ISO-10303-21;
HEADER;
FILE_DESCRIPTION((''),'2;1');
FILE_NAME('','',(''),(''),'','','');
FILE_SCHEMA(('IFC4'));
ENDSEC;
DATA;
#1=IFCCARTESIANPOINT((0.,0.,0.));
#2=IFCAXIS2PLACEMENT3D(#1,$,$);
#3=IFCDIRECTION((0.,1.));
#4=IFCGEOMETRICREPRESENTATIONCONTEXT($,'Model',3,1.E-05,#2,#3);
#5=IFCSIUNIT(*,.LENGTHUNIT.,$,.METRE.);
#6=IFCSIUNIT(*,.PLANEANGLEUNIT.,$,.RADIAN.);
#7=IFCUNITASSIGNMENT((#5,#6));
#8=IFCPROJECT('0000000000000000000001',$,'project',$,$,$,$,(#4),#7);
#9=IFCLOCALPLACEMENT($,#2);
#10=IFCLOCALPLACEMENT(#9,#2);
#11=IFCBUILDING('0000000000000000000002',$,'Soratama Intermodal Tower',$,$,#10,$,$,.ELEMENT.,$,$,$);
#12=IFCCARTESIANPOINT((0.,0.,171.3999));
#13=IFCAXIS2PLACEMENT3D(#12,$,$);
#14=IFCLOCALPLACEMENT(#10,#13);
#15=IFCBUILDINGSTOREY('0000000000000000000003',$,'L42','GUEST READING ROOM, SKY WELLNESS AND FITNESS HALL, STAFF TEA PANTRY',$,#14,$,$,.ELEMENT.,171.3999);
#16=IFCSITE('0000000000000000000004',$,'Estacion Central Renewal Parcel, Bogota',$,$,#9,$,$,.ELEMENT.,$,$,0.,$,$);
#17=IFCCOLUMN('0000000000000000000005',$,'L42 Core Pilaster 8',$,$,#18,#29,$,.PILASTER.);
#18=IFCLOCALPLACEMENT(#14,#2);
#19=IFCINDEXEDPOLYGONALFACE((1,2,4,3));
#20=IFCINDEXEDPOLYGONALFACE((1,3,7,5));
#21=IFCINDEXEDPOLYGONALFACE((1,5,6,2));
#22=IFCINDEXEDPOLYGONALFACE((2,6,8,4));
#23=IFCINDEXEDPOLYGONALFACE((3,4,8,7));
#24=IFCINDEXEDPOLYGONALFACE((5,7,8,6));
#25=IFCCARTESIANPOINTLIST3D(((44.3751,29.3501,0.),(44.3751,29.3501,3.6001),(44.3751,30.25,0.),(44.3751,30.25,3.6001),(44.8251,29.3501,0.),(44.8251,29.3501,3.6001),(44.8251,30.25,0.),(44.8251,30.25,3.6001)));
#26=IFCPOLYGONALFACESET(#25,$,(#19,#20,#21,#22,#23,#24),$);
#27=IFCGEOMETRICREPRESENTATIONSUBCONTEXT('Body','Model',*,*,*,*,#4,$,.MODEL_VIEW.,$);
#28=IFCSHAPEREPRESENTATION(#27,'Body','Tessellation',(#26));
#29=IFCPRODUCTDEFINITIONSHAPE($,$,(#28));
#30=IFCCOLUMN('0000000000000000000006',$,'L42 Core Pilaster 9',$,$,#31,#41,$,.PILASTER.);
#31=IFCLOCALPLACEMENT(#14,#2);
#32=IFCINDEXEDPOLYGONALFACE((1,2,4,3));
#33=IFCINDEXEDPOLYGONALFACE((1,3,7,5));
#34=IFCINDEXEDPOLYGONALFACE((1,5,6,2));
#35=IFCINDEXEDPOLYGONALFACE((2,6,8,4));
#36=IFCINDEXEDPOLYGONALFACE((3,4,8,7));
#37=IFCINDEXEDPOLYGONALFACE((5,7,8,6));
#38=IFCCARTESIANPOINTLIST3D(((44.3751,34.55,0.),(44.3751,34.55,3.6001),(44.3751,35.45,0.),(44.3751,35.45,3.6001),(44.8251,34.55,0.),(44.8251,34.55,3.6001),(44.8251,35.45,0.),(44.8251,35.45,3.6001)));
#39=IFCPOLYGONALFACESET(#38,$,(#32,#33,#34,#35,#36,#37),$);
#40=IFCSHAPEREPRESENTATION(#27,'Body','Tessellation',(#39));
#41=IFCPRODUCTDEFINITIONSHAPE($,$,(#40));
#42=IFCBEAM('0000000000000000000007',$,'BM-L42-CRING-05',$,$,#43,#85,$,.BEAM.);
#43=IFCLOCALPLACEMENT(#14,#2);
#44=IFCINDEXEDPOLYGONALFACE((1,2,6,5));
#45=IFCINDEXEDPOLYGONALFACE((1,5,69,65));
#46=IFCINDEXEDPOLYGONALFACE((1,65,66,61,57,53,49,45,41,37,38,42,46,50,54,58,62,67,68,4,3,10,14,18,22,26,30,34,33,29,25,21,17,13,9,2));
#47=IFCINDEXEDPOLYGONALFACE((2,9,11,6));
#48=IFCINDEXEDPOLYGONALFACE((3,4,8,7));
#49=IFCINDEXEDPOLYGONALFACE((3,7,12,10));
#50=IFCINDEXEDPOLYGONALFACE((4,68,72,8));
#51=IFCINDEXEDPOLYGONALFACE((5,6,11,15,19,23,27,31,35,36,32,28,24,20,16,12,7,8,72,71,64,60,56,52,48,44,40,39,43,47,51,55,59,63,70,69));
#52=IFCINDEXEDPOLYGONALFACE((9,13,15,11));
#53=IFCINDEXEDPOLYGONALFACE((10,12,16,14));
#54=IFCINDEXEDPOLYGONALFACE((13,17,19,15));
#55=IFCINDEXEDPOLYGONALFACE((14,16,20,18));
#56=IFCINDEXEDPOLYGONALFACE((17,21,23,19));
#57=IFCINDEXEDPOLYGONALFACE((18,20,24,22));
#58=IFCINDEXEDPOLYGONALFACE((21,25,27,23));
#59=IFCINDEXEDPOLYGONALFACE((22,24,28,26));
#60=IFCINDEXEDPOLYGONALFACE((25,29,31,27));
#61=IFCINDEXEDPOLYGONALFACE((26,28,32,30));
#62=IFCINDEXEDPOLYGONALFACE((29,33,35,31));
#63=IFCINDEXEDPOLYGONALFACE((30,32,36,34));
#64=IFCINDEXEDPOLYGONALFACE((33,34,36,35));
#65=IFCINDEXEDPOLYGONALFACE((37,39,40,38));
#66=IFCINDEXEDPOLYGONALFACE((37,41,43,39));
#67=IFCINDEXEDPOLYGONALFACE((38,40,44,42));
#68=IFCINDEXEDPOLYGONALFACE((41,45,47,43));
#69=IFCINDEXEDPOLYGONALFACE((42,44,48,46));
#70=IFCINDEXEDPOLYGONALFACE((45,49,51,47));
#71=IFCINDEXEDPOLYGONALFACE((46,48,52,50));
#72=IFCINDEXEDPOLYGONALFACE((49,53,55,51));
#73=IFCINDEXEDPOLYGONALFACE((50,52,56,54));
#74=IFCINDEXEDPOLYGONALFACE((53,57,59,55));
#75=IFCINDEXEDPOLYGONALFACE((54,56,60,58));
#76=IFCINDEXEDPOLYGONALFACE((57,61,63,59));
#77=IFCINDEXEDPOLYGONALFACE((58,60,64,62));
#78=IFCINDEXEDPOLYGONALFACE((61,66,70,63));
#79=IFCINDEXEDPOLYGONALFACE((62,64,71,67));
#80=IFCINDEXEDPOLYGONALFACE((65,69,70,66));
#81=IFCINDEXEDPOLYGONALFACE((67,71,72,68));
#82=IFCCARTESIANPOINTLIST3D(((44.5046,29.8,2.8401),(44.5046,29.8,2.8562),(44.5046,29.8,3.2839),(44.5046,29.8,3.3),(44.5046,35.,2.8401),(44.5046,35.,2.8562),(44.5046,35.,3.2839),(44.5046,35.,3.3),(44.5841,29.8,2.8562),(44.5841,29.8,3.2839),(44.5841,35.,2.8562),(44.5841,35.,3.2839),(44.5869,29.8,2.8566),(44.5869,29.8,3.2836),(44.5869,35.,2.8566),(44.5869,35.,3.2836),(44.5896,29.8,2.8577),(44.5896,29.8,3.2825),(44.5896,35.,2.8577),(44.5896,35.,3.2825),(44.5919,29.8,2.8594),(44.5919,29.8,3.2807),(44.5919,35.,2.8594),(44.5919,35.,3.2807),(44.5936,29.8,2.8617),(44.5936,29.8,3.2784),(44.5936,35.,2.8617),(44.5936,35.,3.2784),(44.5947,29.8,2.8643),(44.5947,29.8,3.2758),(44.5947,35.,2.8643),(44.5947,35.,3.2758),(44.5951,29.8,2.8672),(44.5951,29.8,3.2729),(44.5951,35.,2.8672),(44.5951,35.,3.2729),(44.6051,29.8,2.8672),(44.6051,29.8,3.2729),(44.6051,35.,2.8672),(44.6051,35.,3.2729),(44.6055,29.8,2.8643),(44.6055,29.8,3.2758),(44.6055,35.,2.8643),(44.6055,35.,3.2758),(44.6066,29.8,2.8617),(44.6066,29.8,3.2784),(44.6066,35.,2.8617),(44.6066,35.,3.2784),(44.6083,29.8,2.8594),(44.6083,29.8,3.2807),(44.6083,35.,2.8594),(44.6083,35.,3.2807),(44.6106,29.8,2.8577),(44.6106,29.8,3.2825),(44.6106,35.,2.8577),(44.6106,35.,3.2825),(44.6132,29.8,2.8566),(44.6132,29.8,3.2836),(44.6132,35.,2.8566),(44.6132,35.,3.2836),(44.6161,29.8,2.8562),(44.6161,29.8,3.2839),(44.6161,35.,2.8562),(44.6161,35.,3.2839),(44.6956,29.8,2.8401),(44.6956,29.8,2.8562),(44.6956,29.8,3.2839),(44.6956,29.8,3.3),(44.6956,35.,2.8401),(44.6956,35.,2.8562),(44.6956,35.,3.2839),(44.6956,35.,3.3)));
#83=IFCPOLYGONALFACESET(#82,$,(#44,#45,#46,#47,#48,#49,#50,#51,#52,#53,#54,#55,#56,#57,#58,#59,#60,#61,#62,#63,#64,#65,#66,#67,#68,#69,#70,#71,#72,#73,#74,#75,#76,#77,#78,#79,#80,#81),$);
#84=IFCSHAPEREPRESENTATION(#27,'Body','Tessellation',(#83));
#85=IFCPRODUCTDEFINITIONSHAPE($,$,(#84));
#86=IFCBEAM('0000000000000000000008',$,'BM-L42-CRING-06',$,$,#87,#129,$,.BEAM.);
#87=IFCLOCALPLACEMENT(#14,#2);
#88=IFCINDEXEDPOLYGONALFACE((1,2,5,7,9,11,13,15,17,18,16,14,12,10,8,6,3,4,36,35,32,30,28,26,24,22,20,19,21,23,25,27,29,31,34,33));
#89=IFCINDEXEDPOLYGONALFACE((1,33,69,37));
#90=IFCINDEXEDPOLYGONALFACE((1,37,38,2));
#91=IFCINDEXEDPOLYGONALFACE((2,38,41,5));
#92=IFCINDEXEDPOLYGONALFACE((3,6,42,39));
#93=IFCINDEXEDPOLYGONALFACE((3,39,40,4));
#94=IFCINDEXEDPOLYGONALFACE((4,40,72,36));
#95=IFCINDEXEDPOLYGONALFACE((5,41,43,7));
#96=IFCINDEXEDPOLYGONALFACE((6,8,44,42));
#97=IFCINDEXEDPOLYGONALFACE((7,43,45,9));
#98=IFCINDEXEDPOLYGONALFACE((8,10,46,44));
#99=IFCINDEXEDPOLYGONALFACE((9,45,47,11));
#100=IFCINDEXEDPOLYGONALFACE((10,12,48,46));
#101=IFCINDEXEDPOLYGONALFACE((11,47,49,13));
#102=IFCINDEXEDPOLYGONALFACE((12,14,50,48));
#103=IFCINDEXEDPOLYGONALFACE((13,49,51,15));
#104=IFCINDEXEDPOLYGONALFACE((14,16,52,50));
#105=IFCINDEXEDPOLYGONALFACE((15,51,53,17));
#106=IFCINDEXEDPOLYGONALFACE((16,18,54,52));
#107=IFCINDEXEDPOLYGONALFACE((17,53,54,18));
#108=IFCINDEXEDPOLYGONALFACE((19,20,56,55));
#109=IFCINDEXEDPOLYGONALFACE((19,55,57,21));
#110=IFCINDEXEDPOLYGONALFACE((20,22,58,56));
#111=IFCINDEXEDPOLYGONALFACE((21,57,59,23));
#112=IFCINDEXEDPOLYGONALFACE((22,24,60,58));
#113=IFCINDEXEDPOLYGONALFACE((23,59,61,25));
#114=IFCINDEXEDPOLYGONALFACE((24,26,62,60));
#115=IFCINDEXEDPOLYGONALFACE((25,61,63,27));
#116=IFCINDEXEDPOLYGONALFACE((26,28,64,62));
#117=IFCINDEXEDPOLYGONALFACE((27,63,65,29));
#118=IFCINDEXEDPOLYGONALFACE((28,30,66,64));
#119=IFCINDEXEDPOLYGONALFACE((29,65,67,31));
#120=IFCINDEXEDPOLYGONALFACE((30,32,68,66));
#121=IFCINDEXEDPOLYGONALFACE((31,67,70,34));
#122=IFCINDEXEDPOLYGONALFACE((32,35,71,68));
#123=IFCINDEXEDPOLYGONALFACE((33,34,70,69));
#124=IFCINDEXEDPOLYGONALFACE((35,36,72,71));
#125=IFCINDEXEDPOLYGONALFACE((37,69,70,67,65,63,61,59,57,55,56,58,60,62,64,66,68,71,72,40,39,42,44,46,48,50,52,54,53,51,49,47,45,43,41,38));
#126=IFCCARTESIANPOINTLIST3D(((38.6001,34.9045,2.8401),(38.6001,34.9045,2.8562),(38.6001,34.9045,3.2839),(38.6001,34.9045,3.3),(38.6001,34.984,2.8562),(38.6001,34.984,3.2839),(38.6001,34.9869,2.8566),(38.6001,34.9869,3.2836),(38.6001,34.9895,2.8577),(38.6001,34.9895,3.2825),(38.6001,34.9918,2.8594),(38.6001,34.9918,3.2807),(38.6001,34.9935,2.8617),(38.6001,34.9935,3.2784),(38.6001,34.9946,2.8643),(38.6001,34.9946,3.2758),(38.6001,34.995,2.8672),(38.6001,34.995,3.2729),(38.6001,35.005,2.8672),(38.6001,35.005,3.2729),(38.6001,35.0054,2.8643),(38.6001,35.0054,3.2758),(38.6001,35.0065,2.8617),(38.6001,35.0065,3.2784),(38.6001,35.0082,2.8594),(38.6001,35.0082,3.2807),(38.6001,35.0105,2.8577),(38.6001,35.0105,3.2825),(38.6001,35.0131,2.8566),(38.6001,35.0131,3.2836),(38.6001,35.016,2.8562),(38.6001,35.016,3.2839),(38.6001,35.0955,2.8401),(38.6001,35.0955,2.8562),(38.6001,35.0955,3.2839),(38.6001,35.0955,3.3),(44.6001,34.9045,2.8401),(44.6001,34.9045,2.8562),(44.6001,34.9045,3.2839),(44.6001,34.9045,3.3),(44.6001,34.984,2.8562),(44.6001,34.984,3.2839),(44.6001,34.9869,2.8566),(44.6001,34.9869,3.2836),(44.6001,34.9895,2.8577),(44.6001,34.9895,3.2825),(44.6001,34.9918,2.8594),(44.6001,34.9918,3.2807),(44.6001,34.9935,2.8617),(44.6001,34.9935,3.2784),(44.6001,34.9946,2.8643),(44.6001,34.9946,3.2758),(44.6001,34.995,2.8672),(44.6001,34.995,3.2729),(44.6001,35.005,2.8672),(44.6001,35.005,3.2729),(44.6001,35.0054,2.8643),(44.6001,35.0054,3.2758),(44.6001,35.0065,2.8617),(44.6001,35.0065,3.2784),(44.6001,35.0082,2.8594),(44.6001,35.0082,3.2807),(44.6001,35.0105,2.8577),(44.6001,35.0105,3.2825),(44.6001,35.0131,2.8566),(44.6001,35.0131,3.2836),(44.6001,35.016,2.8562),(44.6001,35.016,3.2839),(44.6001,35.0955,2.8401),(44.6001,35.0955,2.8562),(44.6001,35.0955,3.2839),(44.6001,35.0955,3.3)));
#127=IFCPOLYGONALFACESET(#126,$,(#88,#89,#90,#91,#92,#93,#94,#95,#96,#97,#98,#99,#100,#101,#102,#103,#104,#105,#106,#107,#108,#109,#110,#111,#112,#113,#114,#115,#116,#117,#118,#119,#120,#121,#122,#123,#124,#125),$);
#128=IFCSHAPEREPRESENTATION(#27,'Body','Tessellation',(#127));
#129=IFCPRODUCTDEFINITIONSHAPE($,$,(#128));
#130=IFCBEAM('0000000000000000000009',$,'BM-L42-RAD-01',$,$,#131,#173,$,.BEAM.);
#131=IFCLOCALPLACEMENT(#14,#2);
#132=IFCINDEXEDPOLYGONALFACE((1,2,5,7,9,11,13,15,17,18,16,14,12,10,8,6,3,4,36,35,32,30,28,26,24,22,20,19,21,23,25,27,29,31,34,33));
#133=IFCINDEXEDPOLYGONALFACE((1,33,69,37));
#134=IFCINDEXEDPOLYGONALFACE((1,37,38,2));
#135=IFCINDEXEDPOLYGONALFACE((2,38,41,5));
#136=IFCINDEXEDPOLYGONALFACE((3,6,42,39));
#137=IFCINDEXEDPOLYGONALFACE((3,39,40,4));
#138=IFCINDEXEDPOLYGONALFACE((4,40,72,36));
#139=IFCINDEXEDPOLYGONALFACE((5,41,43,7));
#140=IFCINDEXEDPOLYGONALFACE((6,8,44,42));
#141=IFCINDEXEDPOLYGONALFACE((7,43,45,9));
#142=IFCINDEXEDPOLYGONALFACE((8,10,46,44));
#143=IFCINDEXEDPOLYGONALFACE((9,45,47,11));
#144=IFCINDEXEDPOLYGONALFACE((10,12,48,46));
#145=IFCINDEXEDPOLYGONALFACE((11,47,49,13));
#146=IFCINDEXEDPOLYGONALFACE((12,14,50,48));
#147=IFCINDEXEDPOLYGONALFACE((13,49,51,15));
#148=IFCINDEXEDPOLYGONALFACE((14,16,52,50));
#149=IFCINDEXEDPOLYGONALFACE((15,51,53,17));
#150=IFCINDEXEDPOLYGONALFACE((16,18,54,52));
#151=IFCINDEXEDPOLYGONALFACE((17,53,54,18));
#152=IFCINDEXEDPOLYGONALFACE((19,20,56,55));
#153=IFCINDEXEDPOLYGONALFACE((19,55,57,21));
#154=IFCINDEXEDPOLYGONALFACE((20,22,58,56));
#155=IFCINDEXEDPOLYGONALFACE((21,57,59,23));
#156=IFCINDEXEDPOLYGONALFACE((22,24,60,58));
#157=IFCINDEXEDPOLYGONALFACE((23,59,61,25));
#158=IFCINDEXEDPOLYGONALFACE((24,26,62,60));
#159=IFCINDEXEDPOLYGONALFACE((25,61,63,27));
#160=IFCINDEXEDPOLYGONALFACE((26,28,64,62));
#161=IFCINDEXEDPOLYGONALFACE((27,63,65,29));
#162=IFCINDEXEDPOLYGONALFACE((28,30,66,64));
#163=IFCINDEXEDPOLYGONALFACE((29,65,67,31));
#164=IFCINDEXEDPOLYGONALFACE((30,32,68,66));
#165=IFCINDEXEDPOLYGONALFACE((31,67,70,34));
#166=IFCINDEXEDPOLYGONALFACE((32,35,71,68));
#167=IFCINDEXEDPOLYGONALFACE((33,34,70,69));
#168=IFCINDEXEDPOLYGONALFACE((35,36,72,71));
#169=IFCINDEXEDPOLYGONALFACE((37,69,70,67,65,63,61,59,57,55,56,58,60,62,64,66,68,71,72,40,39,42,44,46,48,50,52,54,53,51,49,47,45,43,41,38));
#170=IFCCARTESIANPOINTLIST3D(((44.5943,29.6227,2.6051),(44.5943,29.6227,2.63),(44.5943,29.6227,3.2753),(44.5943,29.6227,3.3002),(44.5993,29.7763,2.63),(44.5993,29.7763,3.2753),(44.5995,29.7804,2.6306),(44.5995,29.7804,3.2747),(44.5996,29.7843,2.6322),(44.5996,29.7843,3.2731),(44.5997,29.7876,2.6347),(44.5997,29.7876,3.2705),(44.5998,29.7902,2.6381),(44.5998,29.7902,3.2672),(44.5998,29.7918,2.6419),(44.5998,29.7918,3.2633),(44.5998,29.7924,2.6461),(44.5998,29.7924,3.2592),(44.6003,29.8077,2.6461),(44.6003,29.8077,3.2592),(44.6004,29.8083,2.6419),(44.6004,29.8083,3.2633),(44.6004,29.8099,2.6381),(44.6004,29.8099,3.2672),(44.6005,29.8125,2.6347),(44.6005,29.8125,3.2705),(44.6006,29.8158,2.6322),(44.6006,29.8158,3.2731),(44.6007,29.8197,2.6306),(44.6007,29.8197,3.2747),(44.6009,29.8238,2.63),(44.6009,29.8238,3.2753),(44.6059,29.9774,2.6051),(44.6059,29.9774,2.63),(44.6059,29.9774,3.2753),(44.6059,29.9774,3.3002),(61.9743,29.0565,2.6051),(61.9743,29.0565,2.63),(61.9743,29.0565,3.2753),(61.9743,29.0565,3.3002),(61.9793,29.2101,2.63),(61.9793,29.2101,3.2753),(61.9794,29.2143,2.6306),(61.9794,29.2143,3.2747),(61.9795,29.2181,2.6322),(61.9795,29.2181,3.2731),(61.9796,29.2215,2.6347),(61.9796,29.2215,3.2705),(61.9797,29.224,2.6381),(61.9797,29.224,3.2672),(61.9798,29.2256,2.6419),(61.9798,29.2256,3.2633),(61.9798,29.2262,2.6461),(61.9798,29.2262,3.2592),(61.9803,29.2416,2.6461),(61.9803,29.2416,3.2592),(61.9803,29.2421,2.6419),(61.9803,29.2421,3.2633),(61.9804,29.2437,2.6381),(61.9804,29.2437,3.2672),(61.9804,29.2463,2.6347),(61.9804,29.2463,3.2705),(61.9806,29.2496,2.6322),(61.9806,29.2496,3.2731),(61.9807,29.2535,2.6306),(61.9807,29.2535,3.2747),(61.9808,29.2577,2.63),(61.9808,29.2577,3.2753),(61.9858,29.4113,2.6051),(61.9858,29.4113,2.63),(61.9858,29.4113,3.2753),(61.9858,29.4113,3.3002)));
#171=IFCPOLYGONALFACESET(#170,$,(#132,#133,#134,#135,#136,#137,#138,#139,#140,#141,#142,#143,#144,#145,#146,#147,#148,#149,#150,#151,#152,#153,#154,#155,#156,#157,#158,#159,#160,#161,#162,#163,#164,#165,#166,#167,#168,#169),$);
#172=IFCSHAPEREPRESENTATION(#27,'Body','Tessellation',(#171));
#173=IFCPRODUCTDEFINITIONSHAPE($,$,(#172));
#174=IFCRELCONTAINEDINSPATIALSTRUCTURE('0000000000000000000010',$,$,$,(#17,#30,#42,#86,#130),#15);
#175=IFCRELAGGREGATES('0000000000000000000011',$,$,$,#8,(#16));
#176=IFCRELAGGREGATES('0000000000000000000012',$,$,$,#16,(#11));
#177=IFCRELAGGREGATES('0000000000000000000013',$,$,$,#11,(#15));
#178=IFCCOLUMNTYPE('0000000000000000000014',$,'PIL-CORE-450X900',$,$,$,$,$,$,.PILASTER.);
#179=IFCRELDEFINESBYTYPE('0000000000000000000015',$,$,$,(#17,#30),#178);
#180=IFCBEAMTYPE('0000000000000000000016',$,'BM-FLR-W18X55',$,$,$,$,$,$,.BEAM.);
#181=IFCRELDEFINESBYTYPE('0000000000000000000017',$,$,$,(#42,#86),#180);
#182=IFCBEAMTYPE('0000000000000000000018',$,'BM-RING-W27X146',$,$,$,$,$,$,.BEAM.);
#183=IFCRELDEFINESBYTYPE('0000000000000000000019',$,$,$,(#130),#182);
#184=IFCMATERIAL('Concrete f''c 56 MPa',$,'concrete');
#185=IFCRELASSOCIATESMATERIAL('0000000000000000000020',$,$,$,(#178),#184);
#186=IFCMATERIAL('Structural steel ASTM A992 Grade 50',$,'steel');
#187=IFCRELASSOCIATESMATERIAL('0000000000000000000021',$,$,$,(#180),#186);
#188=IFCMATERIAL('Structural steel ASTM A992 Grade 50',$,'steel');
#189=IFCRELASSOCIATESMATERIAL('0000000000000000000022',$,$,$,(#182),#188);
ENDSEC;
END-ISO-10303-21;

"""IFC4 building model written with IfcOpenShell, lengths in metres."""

from ifc_helpers import new_model, si_unit, direction, frame, origin, origin_2d, place, context, subcontext, project, spatial, rectangle, i_section, extrude, material, material_profile, profile_set, type_object, element, save


model = new_model("IFC4")

# Units and contexts
model_context = context("Model", 3, precision=1e-05, world=origin(), true_north=direction((0.0, 1.0)))
body_context = subcontext(model_context, "Body", "Model", "MODEL_VIEW")
ifc_project = project(units=[si_unit("LENGTHUNIT", "METRE"), si_unit("PLANEANGLEUNIT", "RADIAN")], contexts=[model_context])

# Site, building, storey
site_placement = place(None, origin())
site = spatial("IfcSite", under=ifc_project, at=site_placement, Name="Estacion Central Renewal Parcel, Bogota", CompositionType="ELEMENT", RefElevation=0.0)
building_placement = place(site_placement, origin())
building = spatial("IfcBuilding", under=site, at=building_placement, Name="Soratama Intermodal Tower", CompositionType="ELEMENT")
storey_placement = place(building_placement, frame((0.0, 0.0, 171.3999)))
storey = spatial("IfcBuildingStorey", under=building, at=storey_placement, Name="L42", Description="GUEST READING ROOM, SKY WELLNESS AND FITNESS HALL, STAFF TEA PANTRY", CompositionType="ELEMENT", Elevation=171.3999)

# Columns
ifc_material_1 = material(Name="Concrete f'c 56 MPa", Category="concrete")
ifc_material_profile_1 = material_profile(ifc_material_1, rectangle(XDim=0.45, YDim=0.8999, at=origin_2d()), Name="RC450X900")
ifc_profile_set_1 = profile_set([ifc_material_profile_1], Name="Concrete f'c 56 MPa")
column_type = type_object("IfcColumnType", Name="PIL-CORE-450X900", PredefinedType="PILASTER", material=ifc_profile_set_1)
for number, where, z_axis, x_axis, name in (
    (1, (44.6001, 29.8, 0.0), (0.0, 0.0, 1.0), (1.0, 0.0, 0.0), "L42 Core Pilaster 8"),
    (2, (44.6001, 35.0, 0.0), (0.0, 0.0, 1.0), (1.0, 0.0, 0.0), "L42 Core Pilaster 9"),
):
    element("IfcColumn", number, at=place(storey_placement, frame(where, z_axis=z_axis, x_axis=x_axis)), inside=storey, type_object=column_type, Name=name, PredefinedType="PILASTER", context=body_context, shape_type="SweptSolid", body=[
        extrude(rectangle(XDim=0.45, YDim=0.8999, at=origin_2d()), origin(), (0.0, 0.0, 1.0), 3.6001),
    ])

# Beams
ifc_material_2 = material(Name="Structural steel ASTM A992 Grade 50", Category="steel")
ifc_material_profile_2 = material_profile(ifc_material_2, i_section(OverallWidth=0.1909, OverallDepth=0.46, WebThickness=0.01, FlangeThickness=0.0161, FilletRadius=0.011, at=origin_2d()), Name="W18X55")
ifc_profile_set_2 = profile_set([ifc_material_profile_2], Name="Structural steel ASTM A992 Grade 50")
beam_type_1 = type_object("IfcBeamType", Name="BM-FLR-W18X55", PredefinedType="BEAM", material=ifc_profile_set_2)
beam_1_placement = place(storey_placement, frame((44.6001, 29.8, 3.0701), z_axis=(0.0, 1.0, 0.0), x_axis=(-1.0, 0.0, 0.0)))
element("IfcBeam", 3, at=beam_1_placement, inside=storey, type_object=beam_type_1, Name="BM-L42-CRING-05", PredefinedType="BEAM", context=body_context, shape_type="SweptSolid", body=[
    extrude(i_section(OverallWidth=0.1909, OverallDepth=0.46, WebThickness=0.01, FlangeThickness=0.0161, FilletRadius=0.011, at=origin_2d()), origin(), (0.0, 0.0, 1.0), 5.2),
])
beam_2_placement = place(storey_placement, frame((44.6001, 35.0, 3.0701), z_axis=(-1.0, 0.0, 0.0), x_axis=(0.0, -1.0, 0.0)))
element("IfcBeam", 4, at=beam_2_placement, inside=storey, type_object=beam_type_1, Name="BM-L42-CRING-06", PredefinedType="BEAM", context=body_context, shape_type="SweptSolid", body=[
    extrude(i_section(OverallWidth=0.1909, OverallDepth=0.46, WebThickness=0.01, FlangeThickness=0.0161, FilletRadius=0.011, at=origin_2d()), origin(), (0.0, 0.0, 1.0), 6.0),
])
ifc_material_3 = material(Name="Structural steel ASTM A992 Grade 50", Category="steel")
ifc_material_profile_3 = material_profile(ifc_material_3, i_section(OverallWidth=0.355, OverallDepth=0.6951, WebThickness=0.0154, FlangeThickness=0.0249, FilletRadius=0.0161, at=origin_2d()), Name="W27X146")
ifc_profile_set_3 = profile_set([ifc_material_profile_3], Name="Structural steel ASTM A992 Grade 50")
beam_type_2 = type_object("IfcBeamType", Name="BM-RING-W27X146", PredefinedType="BEAM", material=ifc_profile_set_3)
beam_3_placement = place(storey_placement, frame((44.6001, 29.8, 2.9526), z_axis=(0.99947, -0.032558, 0.0), x_axis=(0.032558, 0.99947, 0.0)))
element("IfcBeam", 5, at=beam_3_placement, inside=storey, type_object=beam_type_2, Name="BM-L42-RAD-01", PredefinedType="BEAM", context=body_context, shape_type="SweptSolid", body=[
    extrude(i_section(OverallWidth=0.355, OverallDepth=0.6951, WebThickness=0.0154, FlangeThickness=0.0249, FilletRadius=0.0161, at=origin_2d()), origin(), (0.0, 0.0, 1.0), 17.3892),
])

save(model, "model.ifc")
